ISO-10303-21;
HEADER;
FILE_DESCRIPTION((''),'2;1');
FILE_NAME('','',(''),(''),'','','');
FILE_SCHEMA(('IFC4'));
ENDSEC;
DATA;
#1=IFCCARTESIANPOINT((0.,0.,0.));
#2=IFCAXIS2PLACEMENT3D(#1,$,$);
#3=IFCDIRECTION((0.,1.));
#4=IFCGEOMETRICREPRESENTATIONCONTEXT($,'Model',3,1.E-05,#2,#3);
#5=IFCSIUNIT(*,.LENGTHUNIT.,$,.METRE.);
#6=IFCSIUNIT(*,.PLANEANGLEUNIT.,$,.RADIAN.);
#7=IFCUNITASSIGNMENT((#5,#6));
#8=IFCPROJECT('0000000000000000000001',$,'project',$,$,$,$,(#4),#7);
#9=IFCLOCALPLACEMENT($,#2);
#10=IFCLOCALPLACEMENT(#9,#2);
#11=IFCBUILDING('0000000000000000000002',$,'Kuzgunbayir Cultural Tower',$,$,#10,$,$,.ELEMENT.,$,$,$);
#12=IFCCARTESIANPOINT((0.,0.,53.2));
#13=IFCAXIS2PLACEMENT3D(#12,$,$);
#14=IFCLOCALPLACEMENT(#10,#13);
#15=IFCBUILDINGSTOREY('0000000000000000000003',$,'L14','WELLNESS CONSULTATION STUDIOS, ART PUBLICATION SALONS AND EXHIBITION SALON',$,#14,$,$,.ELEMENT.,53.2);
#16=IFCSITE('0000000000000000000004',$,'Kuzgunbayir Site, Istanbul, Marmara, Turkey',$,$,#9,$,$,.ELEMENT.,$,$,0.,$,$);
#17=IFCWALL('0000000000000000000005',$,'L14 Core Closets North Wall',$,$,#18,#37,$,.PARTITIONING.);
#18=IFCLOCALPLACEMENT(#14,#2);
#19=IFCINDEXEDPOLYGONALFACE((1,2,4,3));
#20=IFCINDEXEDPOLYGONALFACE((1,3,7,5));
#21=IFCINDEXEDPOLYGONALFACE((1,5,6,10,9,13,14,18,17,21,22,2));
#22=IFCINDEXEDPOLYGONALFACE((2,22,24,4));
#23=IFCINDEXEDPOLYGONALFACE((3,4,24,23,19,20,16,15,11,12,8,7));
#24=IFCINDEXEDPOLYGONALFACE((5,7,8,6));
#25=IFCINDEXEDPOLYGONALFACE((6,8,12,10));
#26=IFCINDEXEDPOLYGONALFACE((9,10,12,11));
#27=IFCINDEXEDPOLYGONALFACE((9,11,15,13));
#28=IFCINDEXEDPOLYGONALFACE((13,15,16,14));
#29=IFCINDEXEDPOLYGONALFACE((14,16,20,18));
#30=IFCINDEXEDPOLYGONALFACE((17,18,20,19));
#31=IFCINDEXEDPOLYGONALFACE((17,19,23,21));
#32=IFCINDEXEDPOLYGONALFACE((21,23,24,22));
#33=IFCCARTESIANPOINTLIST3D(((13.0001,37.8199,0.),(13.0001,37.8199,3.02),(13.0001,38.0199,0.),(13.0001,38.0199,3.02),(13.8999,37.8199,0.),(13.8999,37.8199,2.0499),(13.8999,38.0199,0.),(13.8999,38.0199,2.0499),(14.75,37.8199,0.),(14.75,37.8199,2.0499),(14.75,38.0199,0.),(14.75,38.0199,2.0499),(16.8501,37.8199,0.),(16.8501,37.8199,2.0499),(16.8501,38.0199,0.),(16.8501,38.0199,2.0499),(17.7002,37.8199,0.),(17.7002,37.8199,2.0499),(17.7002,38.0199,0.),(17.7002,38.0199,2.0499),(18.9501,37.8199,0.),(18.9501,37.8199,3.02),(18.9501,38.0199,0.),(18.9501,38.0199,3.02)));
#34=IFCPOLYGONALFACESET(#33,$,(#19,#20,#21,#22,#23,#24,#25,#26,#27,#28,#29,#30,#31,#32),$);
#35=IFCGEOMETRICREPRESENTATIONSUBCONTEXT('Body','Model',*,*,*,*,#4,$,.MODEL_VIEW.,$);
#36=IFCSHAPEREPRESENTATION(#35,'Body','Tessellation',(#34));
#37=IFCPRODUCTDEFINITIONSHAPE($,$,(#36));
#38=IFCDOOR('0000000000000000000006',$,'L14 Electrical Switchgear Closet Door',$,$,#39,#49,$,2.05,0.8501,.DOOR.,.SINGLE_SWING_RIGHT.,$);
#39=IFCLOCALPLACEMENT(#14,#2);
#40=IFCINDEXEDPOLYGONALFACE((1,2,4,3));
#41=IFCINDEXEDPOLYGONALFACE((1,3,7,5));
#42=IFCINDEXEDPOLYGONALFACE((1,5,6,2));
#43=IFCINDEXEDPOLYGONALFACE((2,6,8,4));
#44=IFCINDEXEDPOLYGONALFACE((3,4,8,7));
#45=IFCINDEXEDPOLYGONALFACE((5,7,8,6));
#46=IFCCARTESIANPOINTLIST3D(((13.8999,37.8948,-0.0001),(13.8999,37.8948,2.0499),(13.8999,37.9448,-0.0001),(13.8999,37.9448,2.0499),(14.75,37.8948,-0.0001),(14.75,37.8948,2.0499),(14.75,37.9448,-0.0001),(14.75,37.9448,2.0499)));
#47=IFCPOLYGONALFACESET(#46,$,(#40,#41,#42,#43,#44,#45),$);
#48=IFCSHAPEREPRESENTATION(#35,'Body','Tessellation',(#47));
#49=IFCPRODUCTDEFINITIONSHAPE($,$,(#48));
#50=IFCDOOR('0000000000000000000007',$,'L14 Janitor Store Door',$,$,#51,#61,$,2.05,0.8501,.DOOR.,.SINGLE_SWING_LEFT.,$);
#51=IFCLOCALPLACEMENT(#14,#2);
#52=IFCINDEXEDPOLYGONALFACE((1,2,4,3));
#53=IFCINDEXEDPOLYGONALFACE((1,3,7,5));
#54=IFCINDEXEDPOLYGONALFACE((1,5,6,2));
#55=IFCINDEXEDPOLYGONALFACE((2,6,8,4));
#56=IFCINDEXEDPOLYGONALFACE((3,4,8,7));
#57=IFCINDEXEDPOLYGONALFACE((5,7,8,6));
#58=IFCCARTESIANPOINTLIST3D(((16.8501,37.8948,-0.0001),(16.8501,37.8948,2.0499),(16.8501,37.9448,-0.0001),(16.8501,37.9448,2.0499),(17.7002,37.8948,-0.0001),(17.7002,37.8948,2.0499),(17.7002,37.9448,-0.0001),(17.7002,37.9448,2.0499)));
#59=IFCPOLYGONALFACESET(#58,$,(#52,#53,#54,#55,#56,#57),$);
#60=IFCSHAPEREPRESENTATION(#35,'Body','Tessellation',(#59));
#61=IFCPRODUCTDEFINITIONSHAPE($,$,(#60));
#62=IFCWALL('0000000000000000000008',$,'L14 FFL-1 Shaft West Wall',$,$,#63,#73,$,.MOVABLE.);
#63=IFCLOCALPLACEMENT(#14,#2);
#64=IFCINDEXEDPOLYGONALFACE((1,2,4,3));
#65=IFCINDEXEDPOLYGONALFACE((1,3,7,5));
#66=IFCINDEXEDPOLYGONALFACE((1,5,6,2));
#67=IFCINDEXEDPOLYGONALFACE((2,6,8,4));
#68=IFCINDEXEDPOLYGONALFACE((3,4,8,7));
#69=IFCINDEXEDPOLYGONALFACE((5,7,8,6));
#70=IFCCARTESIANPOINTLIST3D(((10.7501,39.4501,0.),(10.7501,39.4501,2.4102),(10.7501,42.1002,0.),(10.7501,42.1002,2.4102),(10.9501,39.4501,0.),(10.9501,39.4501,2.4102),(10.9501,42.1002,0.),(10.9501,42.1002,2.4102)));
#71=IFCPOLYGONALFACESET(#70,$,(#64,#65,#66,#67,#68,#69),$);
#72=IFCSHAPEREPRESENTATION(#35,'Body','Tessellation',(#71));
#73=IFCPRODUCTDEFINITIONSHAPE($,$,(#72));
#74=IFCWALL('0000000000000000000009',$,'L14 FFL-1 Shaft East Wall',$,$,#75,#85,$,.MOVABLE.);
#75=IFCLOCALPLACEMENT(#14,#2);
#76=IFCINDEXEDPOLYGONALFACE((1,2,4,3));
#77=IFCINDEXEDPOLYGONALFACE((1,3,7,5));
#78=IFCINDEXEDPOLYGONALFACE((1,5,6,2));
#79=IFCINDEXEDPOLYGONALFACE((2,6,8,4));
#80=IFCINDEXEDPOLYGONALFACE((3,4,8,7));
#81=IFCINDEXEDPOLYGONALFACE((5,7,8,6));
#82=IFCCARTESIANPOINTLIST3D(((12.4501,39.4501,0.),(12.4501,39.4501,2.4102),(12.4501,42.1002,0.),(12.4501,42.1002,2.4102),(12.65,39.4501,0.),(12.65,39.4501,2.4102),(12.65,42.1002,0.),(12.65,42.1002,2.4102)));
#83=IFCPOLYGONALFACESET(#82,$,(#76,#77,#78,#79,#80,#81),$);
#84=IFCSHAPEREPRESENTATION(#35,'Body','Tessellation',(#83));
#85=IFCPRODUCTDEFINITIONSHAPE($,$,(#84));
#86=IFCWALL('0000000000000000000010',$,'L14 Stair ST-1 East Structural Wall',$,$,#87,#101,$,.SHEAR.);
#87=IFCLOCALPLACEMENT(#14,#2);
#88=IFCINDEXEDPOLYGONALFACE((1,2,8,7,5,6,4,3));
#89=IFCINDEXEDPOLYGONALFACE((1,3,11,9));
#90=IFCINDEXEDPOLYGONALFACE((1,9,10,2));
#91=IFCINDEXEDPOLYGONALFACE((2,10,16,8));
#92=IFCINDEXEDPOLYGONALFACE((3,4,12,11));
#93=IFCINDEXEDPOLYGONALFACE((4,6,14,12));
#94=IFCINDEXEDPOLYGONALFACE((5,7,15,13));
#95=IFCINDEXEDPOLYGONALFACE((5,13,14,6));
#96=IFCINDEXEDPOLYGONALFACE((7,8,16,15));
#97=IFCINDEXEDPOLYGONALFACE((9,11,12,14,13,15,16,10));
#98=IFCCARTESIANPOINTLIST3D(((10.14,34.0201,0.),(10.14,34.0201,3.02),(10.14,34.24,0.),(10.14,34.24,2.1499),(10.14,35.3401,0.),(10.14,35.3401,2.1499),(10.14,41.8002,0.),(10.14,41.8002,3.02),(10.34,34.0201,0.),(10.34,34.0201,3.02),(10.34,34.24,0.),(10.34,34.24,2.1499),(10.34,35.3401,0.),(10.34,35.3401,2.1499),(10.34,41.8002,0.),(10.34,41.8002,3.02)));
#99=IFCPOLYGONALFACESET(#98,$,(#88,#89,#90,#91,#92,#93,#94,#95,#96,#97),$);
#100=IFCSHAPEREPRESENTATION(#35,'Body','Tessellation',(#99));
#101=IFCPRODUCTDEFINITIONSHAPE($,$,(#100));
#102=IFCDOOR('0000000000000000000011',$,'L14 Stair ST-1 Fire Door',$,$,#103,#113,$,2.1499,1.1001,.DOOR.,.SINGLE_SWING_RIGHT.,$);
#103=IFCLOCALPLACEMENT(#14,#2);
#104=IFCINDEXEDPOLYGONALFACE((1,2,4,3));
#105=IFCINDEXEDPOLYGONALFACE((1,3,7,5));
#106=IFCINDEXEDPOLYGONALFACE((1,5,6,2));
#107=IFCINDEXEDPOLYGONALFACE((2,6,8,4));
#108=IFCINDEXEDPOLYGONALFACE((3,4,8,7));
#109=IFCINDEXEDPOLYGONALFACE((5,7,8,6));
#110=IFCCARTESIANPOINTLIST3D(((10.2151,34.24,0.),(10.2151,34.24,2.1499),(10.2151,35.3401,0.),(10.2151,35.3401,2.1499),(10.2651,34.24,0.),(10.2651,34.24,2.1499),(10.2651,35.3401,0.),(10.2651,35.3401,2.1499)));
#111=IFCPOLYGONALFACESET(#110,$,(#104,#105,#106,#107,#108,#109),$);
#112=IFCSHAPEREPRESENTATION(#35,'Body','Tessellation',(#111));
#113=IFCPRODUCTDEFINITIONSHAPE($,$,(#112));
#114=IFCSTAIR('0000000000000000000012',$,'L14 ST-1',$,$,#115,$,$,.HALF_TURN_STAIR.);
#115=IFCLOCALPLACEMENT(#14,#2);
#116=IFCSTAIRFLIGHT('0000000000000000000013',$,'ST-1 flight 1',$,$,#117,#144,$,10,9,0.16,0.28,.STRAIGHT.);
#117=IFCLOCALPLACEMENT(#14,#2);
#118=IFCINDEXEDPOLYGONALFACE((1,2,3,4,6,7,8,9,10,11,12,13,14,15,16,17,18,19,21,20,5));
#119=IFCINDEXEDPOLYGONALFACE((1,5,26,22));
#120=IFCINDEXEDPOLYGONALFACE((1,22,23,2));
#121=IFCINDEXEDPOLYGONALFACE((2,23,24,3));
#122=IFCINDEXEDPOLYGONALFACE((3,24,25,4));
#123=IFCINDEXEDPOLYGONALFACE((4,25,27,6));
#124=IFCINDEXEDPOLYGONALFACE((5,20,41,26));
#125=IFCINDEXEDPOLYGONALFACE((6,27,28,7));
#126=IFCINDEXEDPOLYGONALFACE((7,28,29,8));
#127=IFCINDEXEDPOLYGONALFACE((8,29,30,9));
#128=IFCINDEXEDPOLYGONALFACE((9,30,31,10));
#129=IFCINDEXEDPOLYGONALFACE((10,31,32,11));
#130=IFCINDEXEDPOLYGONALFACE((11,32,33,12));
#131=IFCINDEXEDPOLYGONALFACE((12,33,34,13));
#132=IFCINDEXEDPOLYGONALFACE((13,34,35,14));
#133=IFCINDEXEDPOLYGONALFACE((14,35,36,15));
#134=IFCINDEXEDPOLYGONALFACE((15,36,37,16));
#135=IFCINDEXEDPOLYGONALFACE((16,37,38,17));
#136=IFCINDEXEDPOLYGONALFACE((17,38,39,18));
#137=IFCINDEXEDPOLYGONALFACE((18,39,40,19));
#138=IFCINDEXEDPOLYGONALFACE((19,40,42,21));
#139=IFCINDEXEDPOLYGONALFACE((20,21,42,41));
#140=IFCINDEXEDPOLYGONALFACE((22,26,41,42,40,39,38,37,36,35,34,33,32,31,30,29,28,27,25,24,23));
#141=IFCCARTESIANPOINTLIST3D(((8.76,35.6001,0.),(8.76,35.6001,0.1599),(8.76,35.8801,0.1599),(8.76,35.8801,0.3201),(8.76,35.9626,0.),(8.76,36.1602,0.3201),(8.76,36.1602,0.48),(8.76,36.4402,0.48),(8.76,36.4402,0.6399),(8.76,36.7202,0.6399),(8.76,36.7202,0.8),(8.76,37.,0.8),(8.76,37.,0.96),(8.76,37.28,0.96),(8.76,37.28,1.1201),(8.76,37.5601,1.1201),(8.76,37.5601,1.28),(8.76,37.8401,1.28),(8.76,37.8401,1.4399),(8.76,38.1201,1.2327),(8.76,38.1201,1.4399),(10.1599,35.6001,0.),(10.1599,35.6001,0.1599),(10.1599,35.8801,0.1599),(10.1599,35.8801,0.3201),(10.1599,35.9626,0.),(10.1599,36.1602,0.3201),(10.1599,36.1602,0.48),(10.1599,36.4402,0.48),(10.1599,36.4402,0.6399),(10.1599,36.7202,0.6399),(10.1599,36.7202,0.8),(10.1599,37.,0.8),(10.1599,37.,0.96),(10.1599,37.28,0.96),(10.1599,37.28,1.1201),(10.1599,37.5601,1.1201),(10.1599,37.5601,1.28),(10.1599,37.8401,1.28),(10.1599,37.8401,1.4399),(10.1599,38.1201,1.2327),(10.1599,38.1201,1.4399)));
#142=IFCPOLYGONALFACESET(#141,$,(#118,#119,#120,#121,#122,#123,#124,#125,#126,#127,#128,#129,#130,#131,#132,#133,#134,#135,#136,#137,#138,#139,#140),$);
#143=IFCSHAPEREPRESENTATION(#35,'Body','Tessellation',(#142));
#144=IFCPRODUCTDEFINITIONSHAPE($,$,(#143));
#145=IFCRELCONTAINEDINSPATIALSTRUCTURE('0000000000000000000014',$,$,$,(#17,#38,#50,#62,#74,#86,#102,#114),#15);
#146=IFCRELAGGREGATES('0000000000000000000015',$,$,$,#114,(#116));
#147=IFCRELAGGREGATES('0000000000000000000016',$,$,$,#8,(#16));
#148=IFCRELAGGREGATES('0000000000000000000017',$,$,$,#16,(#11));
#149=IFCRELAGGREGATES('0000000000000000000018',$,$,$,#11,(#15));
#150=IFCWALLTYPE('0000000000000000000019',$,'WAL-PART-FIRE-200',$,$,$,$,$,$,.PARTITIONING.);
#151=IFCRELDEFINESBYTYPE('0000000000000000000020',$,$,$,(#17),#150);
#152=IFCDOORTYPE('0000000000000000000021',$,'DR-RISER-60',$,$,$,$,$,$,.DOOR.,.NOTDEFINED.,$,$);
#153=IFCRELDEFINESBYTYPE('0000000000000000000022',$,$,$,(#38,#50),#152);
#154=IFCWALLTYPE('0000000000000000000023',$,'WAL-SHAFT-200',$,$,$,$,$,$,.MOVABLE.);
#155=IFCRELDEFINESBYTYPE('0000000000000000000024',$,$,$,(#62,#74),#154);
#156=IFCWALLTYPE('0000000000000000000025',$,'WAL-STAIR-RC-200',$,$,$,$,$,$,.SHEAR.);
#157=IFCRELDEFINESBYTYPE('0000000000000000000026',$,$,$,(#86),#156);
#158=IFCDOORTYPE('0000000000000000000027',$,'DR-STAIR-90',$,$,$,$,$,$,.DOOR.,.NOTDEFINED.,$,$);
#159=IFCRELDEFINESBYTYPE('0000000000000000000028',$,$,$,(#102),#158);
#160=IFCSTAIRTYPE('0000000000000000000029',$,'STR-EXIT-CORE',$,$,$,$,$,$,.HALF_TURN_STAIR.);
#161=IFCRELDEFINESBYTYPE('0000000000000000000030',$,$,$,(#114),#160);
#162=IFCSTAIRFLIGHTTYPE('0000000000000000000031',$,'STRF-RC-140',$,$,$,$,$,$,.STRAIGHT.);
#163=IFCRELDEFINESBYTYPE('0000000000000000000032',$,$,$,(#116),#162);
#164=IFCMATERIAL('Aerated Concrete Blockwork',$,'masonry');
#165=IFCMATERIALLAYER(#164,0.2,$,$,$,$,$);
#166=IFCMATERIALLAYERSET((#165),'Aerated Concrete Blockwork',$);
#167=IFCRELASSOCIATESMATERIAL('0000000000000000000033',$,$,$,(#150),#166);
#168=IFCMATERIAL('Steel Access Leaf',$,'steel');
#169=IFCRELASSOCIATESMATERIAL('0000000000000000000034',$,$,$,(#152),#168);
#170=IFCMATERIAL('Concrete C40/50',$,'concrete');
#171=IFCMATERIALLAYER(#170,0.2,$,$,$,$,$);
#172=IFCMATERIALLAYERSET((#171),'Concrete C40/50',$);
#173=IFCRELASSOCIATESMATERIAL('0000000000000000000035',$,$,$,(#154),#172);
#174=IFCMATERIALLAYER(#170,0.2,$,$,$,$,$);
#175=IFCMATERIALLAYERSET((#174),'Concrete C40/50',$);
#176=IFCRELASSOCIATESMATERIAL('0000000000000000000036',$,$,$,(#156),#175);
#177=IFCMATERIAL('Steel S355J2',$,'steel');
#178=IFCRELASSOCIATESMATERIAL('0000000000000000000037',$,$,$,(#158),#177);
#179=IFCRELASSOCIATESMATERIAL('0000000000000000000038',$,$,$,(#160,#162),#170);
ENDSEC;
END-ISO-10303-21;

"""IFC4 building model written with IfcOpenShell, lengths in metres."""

from ifc_helpers import new_model, si_unit, direction, frame, frame_2d, origin, place, context, subcontext, project, spatial, polyline, rectangle, outline, extrude, material, layer, layer_set, type_object, element, fill, aggregate, save


model = new_model("IFC4")

# Units and contexts
model_context = context("Model", 3, precision=1e-05, world=origin(), true_north=direction((0.0, 1.0)))
body_context = subcontext(model_context, "Body", "Model", "MODEL_VIEW")
ifc_project = project(units=[si_unit("LENGTHUNIT", "METRE"), si_unit("PLANEANGLEUNIT", "RADIAN")], contexts=[model_context])

# Site, building, storey
site_placement = place(None, origin())
site = spatial("IfcSite", under=ifc_project, at=site_placement, Name="Kuzgunbayir Site, Istanbul, Marmara, Turkey", CompositionType="ELEMENT", RefElevation=0.0)
building_placement = place(site_placement, origin())
building = spatial("IfcBuilding", under=site, at=building_placement, Name="Kuzgunbayir Cultural Tower", CompositionType="ELEMENT")
storey_placement = place(building_placement, frame((0.0, 0.0, 53.2)))
storey = spatial("IfcBuildingStorey", under=building, at=storey_placement, Name="L14", Description="WELLNESS CONSULTATION STUDIOS, ART PUBLICATION SALONS AND EXHIBITION SALON", CompositionType="ELEMENT", Elevation=53.2)

# Wall, openings, doors
ifc_material_1 = material(Name="Aerated Concrete Blockwork", Category="masonry")
ifc_layer_1 = layer(ifc_material_1, 0.2)
ifc_layer_set_1 = layer_set([ifc_layer_1], Name="Aerated Concrete Blockwork")
wall_type_1 = type_object("IfcWallType", Name="WAL-PART-FIRE-200", PredefinedType="PARTITIONING", material=ifc_layer_set_1)
wall_1_placement = place(storey_placement, frame((13.0, 37.9199, 0.0), z_axis=(0.0, 0.0, 1.0), x_axis=(1.0, 0.0, 0.0)))
wall_1 = element("IfcWall", 1, at=wall_1_placement, inside=storey, type_object=wall_type_1, Name="L14 Core Closets North Wall", PredefinedType="PARTITIONING", context=body_context, shape_type="SweptSolid", body=[
    extrude(rectangle(XDim=5.95, YDim=0.2, at=frame_2d((2.9751, 0.0))), origin(), (0.0, 0.0, 1.0), 3.02),
])
opening_1_placement = place(wall_1_placement, frame((0.8999, 0.0, 0.0)))
opening_1 = element("IfcOpeningElement", 2, at=opening_1_placement, cuts=wall_1, PredefinedType="OPENING", context=body_context, shape_type="SweptSolid", body=[
    extrude(rectangle(XDim=0.8501, YDim=2.05, at=frame_2d((0.425, 1.0249))), frame((0.0, 0.1099, 0.0), z_axis=(0.0, -1.0, 0.0), x_axis=(1.0, 0.0, 0.0)), (0.0, 0.0, 1.0), 0.22),
])
opening_2_placement = place(wall_1_placement, frame((3.8501, 0.0, 0.0)))
opening_2 = element("IfcOpeningElement", 3, at=opening_2_placement, cuts=wall_1, PredefinedType="OPENING", context=body_context, shape_type="SweptSolid", body=[
    extrude(rectangle(XDim=0.8501, YDim=2.05, at=frame_2d((0.425, 1.0249))), frame((0.0, 0.1099, 0.0), z_axis=(0.0, -1.0, 0.0), x_axis=(1.0, 0.0, 0.0)), (0.0, 0.0, 1.0), 0.22),
])
ifc_material_2 = material(Name="Steel Access Leaf", Category="steel")
door_type_1 = type_object("IfcDoorType", Name="DR-RISER-60", OperationType="NOTDEFINED", PredefinedType="DOOR", material=ifc_material_2)
door_1_placement = place(opening_1_placement, origin())
door_1 = element("IfcDoor", 4, at=door_1_placement, inside=storey, type_object=door_type_1, Name="L14 Electrical Switchgear Closet Door", OperationType="SINGLE_SWING_RIGHT", OverallHeight=2.05, OverallWidth=0.8501, PredefinedType="DOOR", context=body_context, shape_type="SweptSolid", body=[
    extrude(rectangle(XDim=0.8501, YDim=2.05, at=frame_2d((0.425, 1.0249))), frame((0.0, 0.0249, 0.0), z_axis=(0.0, -1.0, 0.0), x_axis=(1.0, 0.0, 0.0)), (0.0, 0.0, 1.0), 0.05),
])
fill(opening_1, door_1)
door_2_placement = place(opening_2_placement, origin())
door_2 = element("IfcDoor", 5, at=door_2_placement, inside=storey, type_object=door_type_1, Name="L14 Janitor Store Door", OperationType="SINGLE_SWING_LEFT", OverallHeight=2.05, OverallWidth=0.8501, PredefinedType="DOOR", context=body_context, shape_type="SweptSolid", body=[
    extrude(rectangle(XDim=0.8501, YDim=2.05, at=frame_2d((0.425, 1.0249))), frame((0.0, 0.0249, 0.0), z_axis=(0.0, -1.0, 0.0), x_axis=(1.0, 0.0, 0.0)), (0.0, 0.0, 1.0), 0.05),
])
fill(opening_2, door_2)

# Shared definitions
ifc_material_3 = material(Name="Concrete C40/50", Category="concrete")
ifc_layer_2 = layer(ifc_material_3, 0.2)
ifc_layer_set_2 = layer_set([ifc_layer_2], Name="Concrete C40/50")
wall_type_2 = type_object("IfcWallType", Name="WAL-SHAFT-200", PredefinedType="MOVABLE", material=ifc_layer_set_2)

# Walls
for number, where, z_axis, x_axis, name in (
    (6, (10.8501, 39.45, 0.0), (0.0, 0.0, 1.0), (0.0, 1.0, 0.0), "L14 FFL-1 Shaft West Wall"),
    (7, (12.55, 39.45, 0.0), (0.0, 0.0, 1.0), (0.0, 1.0, 0.0), "L14 FFL-1 Shaft East Wall"),
):
    element("IfcWall", number, at=place(storey_placement, frame(where, z_axis=z_axis, x_axis=x_axis)), inside=storey, type_object=wall_type_2, Name=name, PredefinedType="MOVABLE", context=body_context, shape_type="SweptSolid", body=[
        extrude(rectangle(XDim=2.6501, YDim=0.2, at=frame_2d((1.3252, 0.0))), origin(), (0.0, 0.0, 1.0), 2.4102),
    ])

# Wall, opening, door
ifc_layer_3 = layer(ifc_material_3, 0.2)
ifc_layer_set_3 = layer_set([ifc_layer_3], Name="Concrete C40/50")
wall_type_3 = type_object("IfcWallType", Name="WAL-STAIR-RC-200", PredefinedType="SHEAR", material=ifc_layer_set_3)
wall_2_placement = place(storey_placement, frame((10.24, 34.02, 0.0), z_axis=(0.0, 0.0, 1.0), x_axis=(0.0, 1.0, 0.0)))
wall_2 = element("IfcWall", 8, at=wall_2_placement, inside=storey, type_object=wall_type_3, Name="L14 Stair ST-1 East Structural Wall", PredefinedType="SHEAR", context=body_context, shape_type="SweptSolid", body=[
    extrude(rectangle(XDim=7.78, YDim=0.2, at=frame_2d((3.8901, 0.0))), origin(), (0.0, 0.0, 1.0), 3.02),
])
opening_3_placement = place(wall_2_placement, frame((0.22, 0.0, 0.0)))
opening_3 = element("IfcOpeningElement", 9, at=opening_3_placement, cuts=wall_2, PredefinedType="OPENING", context=body_context, shape_type="SweptSolid", body=[
    extrude(rectangle(XDim=1.1001, YDim=2.1499, at=frame_2d((0.55, 1.075))), frame((0.0, 0.1099, 0.0), z_axis=(0.0, -1.0, 0.0), x_axis=(1.0, 0.0, 0.0)), (0.0, 0.0, 1.0), 0.22),
])
ifc_material_4 = material(Name="Steel S355J2", Category="steel")
door_type_2 = type_object("IfcDoorType", Name="DR-STAIR-90", OperationType="NOTDEFINED", PredefinedType="DOOR", material=ifc_material_4)
door_3_placement = place(opening_3_placement, origin())
door_3 = element("IfcDoor", 10, at=door_3_placement, inside=storey, type_object=door_type_2, Name="L14 Stair ST-1 Fire Door", OperationType="SINGLE_SWING_RIGHT", OverallHeight=2.1499, OverallWidth=1.1001, PredefinedType="DOOR", context=body_context, shape_type="SweptSolid", body=[
    extrude(rectangle(XDim=1.1001, YDim=2.1499, at=frame_2d((0.55, 1.075))), frame((0.0, 0.0249, 0.0), z_axis=(0.0, -1.0, 0.0), x_axis=(1.0, 0.0, 0.0)), (0.0, 0.0, 1.0), 0.05),
])
fill(opening_3, door_3)

# Stair, stair flight
stair_type = type_object("IfcStairType", Name="STR-EXIT-CORE", PredefinedType="HALF_TURN_STAIR", material=ifc_material_3)
stair_placement = place(storey_placement, origin())
stair = element("IfcStair", 11, at=stair_placement, inside=storey, type_object=stair_type, Name="L14 ST-1", PredefinedType="HALF_TURN_STAIR")
stair_flight_type = type_object("IfcStairFlightType", Name="STRF-RC-140", PredefinedType="STRAIGHT", material=ifc_material_3)
stair_flight_placement = place(storey_placement, frame((9.46, 35.6001, 0.0), z_axis=(0.0, 0.0, 1.0), x_axis=(0.0, 1.0, 0.0)))
stair_flight = element("IfcStairFlight", 12, at=stair_flight_placement, type_object=stair_flight_type, Name="ST-1 flight 1", NumberOfRisers=10, NumberOfTreads=9, PredefinedType="STRAIGHT", RiserHeight=0.16, TreadLength=0.28, context=body_context, shape_type="SweptSolid", body=[
    extrude(outline(polyline([(0.0, 0.0), (0.0, 0.1599), (0.28, 0.1599), (0.28, 0.3201), (0.5601, 0.3201), (0.5601, 0.48), (0.8401, 0.48), (0.8401, 0.6399), (1.1201, 0.6399), (1.1201, 0.8), (1.3999, 0.8), (1.3999, 0.96), (1.6799, 0.96), (1.6799, 1.1201), (1.96, 1.1201), (1.96, 1.28), (2.24, 1.28), (2.24, 1.4399), (2.52, 1.4399), (2.52, 1.6001), (2.52, 1.2327), (0.3625, 0.0), (0.0, 0.0)])), frame((0.0, 0.7, 0.0), z_axis=(0.0, -1.0, 0.0), x_axis=(1.0, 0.0, 0.0)), (0.0, 0.0, 1.0), 1.3999),
])
aggregate(stair, [stair_flight])

save(model, "model.ifc")
